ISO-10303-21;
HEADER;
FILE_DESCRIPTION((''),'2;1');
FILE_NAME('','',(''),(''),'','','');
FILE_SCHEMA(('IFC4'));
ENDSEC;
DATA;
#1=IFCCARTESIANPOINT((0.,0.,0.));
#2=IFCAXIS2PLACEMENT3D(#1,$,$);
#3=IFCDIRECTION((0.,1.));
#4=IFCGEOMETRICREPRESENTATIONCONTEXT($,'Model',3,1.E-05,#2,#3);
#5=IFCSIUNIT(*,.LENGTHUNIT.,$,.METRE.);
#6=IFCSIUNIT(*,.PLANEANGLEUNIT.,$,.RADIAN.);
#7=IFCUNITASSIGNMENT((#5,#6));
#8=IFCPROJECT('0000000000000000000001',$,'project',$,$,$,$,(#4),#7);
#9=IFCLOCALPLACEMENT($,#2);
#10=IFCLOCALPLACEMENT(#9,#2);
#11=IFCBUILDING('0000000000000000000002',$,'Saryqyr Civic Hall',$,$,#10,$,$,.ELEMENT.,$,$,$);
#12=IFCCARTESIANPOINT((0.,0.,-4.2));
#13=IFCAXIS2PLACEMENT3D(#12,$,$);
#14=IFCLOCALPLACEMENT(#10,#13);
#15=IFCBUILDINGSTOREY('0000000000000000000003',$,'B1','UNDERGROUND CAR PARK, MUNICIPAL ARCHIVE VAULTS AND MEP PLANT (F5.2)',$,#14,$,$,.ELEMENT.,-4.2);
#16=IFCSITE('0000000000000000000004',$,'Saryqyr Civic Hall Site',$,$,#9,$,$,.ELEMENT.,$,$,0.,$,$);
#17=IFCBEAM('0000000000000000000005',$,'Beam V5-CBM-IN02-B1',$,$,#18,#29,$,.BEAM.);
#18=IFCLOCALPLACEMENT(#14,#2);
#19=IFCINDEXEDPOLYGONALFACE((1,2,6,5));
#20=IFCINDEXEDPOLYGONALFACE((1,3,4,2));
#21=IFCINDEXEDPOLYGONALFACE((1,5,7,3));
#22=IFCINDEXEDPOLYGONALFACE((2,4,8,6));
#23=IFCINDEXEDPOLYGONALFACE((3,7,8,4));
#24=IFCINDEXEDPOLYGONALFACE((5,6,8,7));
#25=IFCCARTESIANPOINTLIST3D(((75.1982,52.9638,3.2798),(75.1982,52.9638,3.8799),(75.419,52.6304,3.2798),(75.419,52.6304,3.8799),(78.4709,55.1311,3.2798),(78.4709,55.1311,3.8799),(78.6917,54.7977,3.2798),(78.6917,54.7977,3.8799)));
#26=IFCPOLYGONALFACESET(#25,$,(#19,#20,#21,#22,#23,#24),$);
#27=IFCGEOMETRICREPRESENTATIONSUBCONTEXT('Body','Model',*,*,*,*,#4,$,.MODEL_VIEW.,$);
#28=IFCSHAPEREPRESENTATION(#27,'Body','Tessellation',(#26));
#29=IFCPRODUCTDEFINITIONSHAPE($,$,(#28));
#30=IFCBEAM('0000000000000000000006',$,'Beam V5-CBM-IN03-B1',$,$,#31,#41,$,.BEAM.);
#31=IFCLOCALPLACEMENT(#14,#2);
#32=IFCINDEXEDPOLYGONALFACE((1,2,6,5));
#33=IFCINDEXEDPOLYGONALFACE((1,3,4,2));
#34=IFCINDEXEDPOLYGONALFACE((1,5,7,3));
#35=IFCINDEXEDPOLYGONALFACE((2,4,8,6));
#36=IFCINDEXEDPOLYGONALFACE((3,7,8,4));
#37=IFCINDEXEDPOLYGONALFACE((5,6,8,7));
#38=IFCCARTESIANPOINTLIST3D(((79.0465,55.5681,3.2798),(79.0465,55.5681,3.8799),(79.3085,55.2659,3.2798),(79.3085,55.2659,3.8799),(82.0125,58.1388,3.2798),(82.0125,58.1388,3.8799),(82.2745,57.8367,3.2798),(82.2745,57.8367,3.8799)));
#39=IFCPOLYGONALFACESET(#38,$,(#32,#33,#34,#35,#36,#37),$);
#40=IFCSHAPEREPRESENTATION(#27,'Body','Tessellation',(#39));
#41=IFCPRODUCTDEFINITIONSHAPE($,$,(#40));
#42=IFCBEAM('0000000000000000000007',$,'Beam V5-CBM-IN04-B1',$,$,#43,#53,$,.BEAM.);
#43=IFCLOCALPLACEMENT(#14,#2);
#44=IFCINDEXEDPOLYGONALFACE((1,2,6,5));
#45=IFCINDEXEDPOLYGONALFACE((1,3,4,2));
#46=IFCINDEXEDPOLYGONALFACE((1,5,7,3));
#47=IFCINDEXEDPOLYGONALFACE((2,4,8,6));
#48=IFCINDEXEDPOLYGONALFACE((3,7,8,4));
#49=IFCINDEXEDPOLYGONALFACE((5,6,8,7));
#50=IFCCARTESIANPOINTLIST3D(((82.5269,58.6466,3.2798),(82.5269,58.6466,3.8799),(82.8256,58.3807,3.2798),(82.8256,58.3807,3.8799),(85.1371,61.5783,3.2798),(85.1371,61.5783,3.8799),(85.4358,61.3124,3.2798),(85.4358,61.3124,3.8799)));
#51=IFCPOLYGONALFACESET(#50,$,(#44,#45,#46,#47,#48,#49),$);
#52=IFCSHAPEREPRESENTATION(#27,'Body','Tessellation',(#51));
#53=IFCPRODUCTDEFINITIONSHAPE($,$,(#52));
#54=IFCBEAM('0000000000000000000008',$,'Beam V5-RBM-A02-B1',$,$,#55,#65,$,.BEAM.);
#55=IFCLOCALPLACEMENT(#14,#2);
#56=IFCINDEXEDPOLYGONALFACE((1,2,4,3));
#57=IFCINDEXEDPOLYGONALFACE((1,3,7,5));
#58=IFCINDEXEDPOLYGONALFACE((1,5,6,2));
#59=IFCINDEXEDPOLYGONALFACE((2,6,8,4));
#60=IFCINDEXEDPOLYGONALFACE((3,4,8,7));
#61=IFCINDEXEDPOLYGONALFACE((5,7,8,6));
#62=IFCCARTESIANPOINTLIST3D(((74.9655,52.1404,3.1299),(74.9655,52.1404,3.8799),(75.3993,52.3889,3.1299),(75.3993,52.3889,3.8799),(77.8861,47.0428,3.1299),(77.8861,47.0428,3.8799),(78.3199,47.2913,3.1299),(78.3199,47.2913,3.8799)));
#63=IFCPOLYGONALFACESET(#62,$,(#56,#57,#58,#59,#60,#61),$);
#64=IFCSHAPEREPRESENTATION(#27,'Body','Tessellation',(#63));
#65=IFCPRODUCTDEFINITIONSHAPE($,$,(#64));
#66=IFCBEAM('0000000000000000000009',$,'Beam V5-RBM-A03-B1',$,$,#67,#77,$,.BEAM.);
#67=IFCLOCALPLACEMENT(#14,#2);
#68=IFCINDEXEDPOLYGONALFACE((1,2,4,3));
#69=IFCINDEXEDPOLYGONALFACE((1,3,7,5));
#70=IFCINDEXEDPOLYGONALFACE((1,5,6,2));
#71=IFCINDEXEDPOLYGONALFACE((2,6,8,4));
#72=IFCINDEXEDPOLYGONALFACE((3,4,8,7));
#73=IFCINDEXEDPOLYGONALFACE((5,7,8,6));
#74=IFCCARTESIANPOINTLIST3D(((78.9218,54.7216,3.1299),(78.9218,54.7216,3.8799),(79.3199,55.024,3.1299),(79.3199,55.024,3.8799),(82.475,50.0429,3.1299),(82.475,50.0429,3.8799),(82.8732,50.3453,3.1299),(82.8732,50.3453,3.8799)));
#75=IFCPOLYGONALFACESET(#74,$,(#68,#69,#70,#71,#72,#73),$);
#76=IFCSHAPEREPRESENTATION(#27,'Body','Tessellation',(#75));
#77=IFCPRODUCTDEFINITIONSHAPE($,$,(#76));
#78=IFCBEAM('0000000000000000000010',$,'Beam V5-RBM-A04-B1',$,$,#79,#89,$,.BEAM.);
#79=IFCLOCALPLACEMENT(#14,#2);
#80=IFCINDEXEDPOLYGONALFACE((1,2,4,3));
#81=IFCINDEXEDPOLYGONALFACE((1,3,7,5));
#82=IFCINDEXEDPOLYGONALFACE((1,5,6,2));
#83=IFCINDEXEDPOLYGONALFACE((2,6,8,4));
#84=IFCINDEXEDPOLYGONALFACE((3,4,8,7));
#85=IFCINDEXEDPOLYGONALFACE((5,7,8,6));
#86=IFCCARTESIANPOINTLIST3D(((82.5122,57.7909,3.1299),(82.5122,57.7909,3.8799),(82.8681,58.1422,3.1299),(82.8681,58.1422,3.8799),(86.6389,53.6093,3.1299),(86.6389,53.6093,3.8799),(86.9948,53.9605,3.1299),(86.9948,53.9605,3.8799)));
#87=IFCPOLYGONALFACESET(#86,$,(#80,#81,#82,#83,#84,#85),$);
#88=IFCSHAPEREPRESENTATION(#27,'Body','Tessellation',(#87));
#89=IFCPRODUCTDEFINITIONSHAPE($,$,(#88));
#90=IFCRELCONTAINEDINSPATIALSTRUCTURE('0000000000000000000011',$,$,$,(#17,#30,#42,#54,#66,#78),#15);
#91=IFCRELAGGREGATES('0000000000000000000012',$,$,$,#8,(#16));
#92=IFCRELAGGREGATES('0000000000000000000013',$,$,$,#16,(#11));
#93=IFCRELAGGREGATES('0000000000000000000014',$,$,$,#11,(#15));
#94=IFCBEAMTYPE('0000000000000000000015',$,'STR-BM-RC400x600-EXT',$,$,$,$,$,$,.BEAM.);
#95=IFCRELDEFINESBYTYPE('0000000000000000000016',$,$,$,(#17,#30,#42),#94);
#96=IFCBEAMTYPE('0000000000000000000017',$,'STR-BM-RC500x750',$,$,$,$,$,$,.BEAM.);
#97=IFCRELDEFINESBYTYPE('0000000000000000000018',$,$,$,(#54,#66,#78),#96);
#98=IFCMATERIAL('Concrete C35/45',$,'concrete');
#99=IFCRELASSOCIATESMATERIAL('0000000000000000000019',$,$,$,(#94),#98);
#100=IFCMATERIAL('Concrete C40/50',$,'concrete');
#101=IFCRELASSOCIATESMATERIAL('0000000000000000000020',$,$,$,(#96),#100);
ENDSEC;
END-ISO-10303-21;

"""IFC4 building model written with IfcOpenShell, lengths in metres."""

from ifc_helpers import new_model, si_unit, direction, frame, origin, origin_2d, place, context, subcontext, project, spatial, rectangle, extrude, material, material_profile, profile_set, type_object, element, save


model = new_model("IFC4")

# Units and contexts
model_context = context("Model", 3, precision=1e-05, world=origin(), true_north=direction((0.0, 1.0)))
body_context = subcontext(model_context, "Body", "Model", "MODEL_VIEW")
ifc_project = project(units=[si_unit("LENGTHUNIT", "METRE"), si_unit("PLANEANGLEUNIT", "RADIAN")], contexts=[model_context])

# Site, building, storey
site_placement = place(None, origin())
site = spatial("IfcSite", under=ifc_project, at=site_placement, Name="Saryqyr Civic Hall Site", CompositionType="ELEMENT", RefElevation=0.0)
building_placement = place(site_placement, origin())
building = spatial("IfcBuilding", under=site, at=building_placement, Name="Saryqyr Civic Hall", CompositionType="ELEMENT")
storey_placement = place(building_placement, frame((0.0, 0.0, -4.2)))
storey = spatial("IfcBuildingStorey", under=building, at=storey_placement, Name="B1", Description="UNDERGROUND CAR PARK, MUNICIPAL ARCHIVE VAULTS AND MEP PLANT (F5.2)", CompositionType="ELEMENT", Elevation=-4.2)

# Shared definitions
ifc_material_1 = material(Name="Concrete C35/45", Category="concrete")

# Shared definitions
ifc_material_2 = material(Name="Concrete C40/50", Category="concrete")

# Beams
ifc_material_profile_1 = material_profile(ifc_material_1, rectangle(XDim=0.3999, YDim=0.6001, at=origin_2d()), Name="RC 400x600")
ifc_profile_set_1 = profile_set([ifc_material_profile_1], Name="Concrete C35/45")
beam_type_1 = type_object("IfcBeamType", Name="STR-BM-RC400x600-EXT", PredefinedType="BEAM", material=ifc_profile_set_1)
beam_1_placement = place(storey_placement, frame((75.3086, 52.7971, 3.5798), z_axis=(0.833759, 0.552128, 0.0), x_axis=(-0.552128, 0.833759, 0.0)))
element("IfcBeam", 1, at=beam_1_placement, inside=storey, type_object=beam_type_1, Name="Beam V5-CBM-IN02-B1", PredefinedType="BEAM", context=body_context, shape_type="SweptSolid", body=[
    extrude(rectangle(XDim=0.3999, YDim=0.6001, at=origin_2d()), origin(), (0.0, 0.0, 1.0), 3.9253),
])
beam_2_placement = place(storey_placement, frame((79.1775, 55.417, 3.5798), z_axis=(0.755662, 0.654961, 0.0), x_axis=(-0.654961, 0.755662, 0.0)))
element("IfcBeam", 2, at=beam_2_placement, inside=storey, type_object=beam_type_1, Name="Beam V5-CBM-IN03-B1", PredefinedType="BEAM", context=body_context, shape_type="SweptSolid", body=[
    extrude(rectangle(XDim=0.3999, YDim=0.6001, at=origin_2d()), origin(), (0.0, 0.0, 1.0), 3.925),
])
beam_3_placement = place(storey_placement, frame((82.6763, 58.5137, 3.5798), z_axis=(0.664962, 0.746877, 0.0), x_axis=(-0.746877, 0.664962, 0.0)))
element("IfcBeam", 3, at=beam_3_placement, inside=storey, type_object=beam_type_1, Name="Beam V5-CBM-IN04-B1", PredefinedType="BEAM", context=body_context, shape_type="SweptSolid", body=[
    extrude(rectangle(XDim=0.3999, YDim=0.6001, at=origin_2d()), origin(), (0.0, 0.0, 1.0), 3.9253),
])
ifc_material_profile_2 = material_profile(ifc_material_2, rectangle(XDim=0.5, YDim=0.75, at=origin_2d()), Name="RC 500x750")
ifc_profile_set_2 = profile_set([ifc_material_profile_2], Name="Concrete C40/50")
beam_type_2 = type_object("IfcBeamType", Name="STR-BM-RC500x750", PredefinedType="BEAM", material=ifc_profile_set_2)
for number, where, z_axis, x_axis, name in (
    (4, (75.1824, 52.2646, 3.5049), (0.497128, -0.867677, 0.0), (0.867677, 0.497128, 0.0), "Beam V5-RBM-A02-B1"),
    (5, (79.1208, 54.8728, 3.5049), (0.604803, -0.796375, 0.0), (0.796375, 0.604803, 0.0), "Beam V5-RBM-A03-B1"),
    (6, (82.6902, 57.9666, 3.5049), (0.702416, -0.711766, 0.0), (0.711766, 0.702416, 0.0), "Beam V5-RBM-A04-B1"),
):
    element("IfcBeam", number, at=place(storey_placement, frame(where, z_axis=z_axis, x_axis=x_axis)), inside=storey, type_object=beam_type_2, Name=name, PredefinedType="BEAM", context=body_context, shape_type="SweptSolid", body=[
        extrude(rectangle(XDim=0.5, YDim=0.75, at=origin_2d()), origin(), (0.0, 0.0, 1.0), 5.875),
    ])

save(model, "model.ifc")
